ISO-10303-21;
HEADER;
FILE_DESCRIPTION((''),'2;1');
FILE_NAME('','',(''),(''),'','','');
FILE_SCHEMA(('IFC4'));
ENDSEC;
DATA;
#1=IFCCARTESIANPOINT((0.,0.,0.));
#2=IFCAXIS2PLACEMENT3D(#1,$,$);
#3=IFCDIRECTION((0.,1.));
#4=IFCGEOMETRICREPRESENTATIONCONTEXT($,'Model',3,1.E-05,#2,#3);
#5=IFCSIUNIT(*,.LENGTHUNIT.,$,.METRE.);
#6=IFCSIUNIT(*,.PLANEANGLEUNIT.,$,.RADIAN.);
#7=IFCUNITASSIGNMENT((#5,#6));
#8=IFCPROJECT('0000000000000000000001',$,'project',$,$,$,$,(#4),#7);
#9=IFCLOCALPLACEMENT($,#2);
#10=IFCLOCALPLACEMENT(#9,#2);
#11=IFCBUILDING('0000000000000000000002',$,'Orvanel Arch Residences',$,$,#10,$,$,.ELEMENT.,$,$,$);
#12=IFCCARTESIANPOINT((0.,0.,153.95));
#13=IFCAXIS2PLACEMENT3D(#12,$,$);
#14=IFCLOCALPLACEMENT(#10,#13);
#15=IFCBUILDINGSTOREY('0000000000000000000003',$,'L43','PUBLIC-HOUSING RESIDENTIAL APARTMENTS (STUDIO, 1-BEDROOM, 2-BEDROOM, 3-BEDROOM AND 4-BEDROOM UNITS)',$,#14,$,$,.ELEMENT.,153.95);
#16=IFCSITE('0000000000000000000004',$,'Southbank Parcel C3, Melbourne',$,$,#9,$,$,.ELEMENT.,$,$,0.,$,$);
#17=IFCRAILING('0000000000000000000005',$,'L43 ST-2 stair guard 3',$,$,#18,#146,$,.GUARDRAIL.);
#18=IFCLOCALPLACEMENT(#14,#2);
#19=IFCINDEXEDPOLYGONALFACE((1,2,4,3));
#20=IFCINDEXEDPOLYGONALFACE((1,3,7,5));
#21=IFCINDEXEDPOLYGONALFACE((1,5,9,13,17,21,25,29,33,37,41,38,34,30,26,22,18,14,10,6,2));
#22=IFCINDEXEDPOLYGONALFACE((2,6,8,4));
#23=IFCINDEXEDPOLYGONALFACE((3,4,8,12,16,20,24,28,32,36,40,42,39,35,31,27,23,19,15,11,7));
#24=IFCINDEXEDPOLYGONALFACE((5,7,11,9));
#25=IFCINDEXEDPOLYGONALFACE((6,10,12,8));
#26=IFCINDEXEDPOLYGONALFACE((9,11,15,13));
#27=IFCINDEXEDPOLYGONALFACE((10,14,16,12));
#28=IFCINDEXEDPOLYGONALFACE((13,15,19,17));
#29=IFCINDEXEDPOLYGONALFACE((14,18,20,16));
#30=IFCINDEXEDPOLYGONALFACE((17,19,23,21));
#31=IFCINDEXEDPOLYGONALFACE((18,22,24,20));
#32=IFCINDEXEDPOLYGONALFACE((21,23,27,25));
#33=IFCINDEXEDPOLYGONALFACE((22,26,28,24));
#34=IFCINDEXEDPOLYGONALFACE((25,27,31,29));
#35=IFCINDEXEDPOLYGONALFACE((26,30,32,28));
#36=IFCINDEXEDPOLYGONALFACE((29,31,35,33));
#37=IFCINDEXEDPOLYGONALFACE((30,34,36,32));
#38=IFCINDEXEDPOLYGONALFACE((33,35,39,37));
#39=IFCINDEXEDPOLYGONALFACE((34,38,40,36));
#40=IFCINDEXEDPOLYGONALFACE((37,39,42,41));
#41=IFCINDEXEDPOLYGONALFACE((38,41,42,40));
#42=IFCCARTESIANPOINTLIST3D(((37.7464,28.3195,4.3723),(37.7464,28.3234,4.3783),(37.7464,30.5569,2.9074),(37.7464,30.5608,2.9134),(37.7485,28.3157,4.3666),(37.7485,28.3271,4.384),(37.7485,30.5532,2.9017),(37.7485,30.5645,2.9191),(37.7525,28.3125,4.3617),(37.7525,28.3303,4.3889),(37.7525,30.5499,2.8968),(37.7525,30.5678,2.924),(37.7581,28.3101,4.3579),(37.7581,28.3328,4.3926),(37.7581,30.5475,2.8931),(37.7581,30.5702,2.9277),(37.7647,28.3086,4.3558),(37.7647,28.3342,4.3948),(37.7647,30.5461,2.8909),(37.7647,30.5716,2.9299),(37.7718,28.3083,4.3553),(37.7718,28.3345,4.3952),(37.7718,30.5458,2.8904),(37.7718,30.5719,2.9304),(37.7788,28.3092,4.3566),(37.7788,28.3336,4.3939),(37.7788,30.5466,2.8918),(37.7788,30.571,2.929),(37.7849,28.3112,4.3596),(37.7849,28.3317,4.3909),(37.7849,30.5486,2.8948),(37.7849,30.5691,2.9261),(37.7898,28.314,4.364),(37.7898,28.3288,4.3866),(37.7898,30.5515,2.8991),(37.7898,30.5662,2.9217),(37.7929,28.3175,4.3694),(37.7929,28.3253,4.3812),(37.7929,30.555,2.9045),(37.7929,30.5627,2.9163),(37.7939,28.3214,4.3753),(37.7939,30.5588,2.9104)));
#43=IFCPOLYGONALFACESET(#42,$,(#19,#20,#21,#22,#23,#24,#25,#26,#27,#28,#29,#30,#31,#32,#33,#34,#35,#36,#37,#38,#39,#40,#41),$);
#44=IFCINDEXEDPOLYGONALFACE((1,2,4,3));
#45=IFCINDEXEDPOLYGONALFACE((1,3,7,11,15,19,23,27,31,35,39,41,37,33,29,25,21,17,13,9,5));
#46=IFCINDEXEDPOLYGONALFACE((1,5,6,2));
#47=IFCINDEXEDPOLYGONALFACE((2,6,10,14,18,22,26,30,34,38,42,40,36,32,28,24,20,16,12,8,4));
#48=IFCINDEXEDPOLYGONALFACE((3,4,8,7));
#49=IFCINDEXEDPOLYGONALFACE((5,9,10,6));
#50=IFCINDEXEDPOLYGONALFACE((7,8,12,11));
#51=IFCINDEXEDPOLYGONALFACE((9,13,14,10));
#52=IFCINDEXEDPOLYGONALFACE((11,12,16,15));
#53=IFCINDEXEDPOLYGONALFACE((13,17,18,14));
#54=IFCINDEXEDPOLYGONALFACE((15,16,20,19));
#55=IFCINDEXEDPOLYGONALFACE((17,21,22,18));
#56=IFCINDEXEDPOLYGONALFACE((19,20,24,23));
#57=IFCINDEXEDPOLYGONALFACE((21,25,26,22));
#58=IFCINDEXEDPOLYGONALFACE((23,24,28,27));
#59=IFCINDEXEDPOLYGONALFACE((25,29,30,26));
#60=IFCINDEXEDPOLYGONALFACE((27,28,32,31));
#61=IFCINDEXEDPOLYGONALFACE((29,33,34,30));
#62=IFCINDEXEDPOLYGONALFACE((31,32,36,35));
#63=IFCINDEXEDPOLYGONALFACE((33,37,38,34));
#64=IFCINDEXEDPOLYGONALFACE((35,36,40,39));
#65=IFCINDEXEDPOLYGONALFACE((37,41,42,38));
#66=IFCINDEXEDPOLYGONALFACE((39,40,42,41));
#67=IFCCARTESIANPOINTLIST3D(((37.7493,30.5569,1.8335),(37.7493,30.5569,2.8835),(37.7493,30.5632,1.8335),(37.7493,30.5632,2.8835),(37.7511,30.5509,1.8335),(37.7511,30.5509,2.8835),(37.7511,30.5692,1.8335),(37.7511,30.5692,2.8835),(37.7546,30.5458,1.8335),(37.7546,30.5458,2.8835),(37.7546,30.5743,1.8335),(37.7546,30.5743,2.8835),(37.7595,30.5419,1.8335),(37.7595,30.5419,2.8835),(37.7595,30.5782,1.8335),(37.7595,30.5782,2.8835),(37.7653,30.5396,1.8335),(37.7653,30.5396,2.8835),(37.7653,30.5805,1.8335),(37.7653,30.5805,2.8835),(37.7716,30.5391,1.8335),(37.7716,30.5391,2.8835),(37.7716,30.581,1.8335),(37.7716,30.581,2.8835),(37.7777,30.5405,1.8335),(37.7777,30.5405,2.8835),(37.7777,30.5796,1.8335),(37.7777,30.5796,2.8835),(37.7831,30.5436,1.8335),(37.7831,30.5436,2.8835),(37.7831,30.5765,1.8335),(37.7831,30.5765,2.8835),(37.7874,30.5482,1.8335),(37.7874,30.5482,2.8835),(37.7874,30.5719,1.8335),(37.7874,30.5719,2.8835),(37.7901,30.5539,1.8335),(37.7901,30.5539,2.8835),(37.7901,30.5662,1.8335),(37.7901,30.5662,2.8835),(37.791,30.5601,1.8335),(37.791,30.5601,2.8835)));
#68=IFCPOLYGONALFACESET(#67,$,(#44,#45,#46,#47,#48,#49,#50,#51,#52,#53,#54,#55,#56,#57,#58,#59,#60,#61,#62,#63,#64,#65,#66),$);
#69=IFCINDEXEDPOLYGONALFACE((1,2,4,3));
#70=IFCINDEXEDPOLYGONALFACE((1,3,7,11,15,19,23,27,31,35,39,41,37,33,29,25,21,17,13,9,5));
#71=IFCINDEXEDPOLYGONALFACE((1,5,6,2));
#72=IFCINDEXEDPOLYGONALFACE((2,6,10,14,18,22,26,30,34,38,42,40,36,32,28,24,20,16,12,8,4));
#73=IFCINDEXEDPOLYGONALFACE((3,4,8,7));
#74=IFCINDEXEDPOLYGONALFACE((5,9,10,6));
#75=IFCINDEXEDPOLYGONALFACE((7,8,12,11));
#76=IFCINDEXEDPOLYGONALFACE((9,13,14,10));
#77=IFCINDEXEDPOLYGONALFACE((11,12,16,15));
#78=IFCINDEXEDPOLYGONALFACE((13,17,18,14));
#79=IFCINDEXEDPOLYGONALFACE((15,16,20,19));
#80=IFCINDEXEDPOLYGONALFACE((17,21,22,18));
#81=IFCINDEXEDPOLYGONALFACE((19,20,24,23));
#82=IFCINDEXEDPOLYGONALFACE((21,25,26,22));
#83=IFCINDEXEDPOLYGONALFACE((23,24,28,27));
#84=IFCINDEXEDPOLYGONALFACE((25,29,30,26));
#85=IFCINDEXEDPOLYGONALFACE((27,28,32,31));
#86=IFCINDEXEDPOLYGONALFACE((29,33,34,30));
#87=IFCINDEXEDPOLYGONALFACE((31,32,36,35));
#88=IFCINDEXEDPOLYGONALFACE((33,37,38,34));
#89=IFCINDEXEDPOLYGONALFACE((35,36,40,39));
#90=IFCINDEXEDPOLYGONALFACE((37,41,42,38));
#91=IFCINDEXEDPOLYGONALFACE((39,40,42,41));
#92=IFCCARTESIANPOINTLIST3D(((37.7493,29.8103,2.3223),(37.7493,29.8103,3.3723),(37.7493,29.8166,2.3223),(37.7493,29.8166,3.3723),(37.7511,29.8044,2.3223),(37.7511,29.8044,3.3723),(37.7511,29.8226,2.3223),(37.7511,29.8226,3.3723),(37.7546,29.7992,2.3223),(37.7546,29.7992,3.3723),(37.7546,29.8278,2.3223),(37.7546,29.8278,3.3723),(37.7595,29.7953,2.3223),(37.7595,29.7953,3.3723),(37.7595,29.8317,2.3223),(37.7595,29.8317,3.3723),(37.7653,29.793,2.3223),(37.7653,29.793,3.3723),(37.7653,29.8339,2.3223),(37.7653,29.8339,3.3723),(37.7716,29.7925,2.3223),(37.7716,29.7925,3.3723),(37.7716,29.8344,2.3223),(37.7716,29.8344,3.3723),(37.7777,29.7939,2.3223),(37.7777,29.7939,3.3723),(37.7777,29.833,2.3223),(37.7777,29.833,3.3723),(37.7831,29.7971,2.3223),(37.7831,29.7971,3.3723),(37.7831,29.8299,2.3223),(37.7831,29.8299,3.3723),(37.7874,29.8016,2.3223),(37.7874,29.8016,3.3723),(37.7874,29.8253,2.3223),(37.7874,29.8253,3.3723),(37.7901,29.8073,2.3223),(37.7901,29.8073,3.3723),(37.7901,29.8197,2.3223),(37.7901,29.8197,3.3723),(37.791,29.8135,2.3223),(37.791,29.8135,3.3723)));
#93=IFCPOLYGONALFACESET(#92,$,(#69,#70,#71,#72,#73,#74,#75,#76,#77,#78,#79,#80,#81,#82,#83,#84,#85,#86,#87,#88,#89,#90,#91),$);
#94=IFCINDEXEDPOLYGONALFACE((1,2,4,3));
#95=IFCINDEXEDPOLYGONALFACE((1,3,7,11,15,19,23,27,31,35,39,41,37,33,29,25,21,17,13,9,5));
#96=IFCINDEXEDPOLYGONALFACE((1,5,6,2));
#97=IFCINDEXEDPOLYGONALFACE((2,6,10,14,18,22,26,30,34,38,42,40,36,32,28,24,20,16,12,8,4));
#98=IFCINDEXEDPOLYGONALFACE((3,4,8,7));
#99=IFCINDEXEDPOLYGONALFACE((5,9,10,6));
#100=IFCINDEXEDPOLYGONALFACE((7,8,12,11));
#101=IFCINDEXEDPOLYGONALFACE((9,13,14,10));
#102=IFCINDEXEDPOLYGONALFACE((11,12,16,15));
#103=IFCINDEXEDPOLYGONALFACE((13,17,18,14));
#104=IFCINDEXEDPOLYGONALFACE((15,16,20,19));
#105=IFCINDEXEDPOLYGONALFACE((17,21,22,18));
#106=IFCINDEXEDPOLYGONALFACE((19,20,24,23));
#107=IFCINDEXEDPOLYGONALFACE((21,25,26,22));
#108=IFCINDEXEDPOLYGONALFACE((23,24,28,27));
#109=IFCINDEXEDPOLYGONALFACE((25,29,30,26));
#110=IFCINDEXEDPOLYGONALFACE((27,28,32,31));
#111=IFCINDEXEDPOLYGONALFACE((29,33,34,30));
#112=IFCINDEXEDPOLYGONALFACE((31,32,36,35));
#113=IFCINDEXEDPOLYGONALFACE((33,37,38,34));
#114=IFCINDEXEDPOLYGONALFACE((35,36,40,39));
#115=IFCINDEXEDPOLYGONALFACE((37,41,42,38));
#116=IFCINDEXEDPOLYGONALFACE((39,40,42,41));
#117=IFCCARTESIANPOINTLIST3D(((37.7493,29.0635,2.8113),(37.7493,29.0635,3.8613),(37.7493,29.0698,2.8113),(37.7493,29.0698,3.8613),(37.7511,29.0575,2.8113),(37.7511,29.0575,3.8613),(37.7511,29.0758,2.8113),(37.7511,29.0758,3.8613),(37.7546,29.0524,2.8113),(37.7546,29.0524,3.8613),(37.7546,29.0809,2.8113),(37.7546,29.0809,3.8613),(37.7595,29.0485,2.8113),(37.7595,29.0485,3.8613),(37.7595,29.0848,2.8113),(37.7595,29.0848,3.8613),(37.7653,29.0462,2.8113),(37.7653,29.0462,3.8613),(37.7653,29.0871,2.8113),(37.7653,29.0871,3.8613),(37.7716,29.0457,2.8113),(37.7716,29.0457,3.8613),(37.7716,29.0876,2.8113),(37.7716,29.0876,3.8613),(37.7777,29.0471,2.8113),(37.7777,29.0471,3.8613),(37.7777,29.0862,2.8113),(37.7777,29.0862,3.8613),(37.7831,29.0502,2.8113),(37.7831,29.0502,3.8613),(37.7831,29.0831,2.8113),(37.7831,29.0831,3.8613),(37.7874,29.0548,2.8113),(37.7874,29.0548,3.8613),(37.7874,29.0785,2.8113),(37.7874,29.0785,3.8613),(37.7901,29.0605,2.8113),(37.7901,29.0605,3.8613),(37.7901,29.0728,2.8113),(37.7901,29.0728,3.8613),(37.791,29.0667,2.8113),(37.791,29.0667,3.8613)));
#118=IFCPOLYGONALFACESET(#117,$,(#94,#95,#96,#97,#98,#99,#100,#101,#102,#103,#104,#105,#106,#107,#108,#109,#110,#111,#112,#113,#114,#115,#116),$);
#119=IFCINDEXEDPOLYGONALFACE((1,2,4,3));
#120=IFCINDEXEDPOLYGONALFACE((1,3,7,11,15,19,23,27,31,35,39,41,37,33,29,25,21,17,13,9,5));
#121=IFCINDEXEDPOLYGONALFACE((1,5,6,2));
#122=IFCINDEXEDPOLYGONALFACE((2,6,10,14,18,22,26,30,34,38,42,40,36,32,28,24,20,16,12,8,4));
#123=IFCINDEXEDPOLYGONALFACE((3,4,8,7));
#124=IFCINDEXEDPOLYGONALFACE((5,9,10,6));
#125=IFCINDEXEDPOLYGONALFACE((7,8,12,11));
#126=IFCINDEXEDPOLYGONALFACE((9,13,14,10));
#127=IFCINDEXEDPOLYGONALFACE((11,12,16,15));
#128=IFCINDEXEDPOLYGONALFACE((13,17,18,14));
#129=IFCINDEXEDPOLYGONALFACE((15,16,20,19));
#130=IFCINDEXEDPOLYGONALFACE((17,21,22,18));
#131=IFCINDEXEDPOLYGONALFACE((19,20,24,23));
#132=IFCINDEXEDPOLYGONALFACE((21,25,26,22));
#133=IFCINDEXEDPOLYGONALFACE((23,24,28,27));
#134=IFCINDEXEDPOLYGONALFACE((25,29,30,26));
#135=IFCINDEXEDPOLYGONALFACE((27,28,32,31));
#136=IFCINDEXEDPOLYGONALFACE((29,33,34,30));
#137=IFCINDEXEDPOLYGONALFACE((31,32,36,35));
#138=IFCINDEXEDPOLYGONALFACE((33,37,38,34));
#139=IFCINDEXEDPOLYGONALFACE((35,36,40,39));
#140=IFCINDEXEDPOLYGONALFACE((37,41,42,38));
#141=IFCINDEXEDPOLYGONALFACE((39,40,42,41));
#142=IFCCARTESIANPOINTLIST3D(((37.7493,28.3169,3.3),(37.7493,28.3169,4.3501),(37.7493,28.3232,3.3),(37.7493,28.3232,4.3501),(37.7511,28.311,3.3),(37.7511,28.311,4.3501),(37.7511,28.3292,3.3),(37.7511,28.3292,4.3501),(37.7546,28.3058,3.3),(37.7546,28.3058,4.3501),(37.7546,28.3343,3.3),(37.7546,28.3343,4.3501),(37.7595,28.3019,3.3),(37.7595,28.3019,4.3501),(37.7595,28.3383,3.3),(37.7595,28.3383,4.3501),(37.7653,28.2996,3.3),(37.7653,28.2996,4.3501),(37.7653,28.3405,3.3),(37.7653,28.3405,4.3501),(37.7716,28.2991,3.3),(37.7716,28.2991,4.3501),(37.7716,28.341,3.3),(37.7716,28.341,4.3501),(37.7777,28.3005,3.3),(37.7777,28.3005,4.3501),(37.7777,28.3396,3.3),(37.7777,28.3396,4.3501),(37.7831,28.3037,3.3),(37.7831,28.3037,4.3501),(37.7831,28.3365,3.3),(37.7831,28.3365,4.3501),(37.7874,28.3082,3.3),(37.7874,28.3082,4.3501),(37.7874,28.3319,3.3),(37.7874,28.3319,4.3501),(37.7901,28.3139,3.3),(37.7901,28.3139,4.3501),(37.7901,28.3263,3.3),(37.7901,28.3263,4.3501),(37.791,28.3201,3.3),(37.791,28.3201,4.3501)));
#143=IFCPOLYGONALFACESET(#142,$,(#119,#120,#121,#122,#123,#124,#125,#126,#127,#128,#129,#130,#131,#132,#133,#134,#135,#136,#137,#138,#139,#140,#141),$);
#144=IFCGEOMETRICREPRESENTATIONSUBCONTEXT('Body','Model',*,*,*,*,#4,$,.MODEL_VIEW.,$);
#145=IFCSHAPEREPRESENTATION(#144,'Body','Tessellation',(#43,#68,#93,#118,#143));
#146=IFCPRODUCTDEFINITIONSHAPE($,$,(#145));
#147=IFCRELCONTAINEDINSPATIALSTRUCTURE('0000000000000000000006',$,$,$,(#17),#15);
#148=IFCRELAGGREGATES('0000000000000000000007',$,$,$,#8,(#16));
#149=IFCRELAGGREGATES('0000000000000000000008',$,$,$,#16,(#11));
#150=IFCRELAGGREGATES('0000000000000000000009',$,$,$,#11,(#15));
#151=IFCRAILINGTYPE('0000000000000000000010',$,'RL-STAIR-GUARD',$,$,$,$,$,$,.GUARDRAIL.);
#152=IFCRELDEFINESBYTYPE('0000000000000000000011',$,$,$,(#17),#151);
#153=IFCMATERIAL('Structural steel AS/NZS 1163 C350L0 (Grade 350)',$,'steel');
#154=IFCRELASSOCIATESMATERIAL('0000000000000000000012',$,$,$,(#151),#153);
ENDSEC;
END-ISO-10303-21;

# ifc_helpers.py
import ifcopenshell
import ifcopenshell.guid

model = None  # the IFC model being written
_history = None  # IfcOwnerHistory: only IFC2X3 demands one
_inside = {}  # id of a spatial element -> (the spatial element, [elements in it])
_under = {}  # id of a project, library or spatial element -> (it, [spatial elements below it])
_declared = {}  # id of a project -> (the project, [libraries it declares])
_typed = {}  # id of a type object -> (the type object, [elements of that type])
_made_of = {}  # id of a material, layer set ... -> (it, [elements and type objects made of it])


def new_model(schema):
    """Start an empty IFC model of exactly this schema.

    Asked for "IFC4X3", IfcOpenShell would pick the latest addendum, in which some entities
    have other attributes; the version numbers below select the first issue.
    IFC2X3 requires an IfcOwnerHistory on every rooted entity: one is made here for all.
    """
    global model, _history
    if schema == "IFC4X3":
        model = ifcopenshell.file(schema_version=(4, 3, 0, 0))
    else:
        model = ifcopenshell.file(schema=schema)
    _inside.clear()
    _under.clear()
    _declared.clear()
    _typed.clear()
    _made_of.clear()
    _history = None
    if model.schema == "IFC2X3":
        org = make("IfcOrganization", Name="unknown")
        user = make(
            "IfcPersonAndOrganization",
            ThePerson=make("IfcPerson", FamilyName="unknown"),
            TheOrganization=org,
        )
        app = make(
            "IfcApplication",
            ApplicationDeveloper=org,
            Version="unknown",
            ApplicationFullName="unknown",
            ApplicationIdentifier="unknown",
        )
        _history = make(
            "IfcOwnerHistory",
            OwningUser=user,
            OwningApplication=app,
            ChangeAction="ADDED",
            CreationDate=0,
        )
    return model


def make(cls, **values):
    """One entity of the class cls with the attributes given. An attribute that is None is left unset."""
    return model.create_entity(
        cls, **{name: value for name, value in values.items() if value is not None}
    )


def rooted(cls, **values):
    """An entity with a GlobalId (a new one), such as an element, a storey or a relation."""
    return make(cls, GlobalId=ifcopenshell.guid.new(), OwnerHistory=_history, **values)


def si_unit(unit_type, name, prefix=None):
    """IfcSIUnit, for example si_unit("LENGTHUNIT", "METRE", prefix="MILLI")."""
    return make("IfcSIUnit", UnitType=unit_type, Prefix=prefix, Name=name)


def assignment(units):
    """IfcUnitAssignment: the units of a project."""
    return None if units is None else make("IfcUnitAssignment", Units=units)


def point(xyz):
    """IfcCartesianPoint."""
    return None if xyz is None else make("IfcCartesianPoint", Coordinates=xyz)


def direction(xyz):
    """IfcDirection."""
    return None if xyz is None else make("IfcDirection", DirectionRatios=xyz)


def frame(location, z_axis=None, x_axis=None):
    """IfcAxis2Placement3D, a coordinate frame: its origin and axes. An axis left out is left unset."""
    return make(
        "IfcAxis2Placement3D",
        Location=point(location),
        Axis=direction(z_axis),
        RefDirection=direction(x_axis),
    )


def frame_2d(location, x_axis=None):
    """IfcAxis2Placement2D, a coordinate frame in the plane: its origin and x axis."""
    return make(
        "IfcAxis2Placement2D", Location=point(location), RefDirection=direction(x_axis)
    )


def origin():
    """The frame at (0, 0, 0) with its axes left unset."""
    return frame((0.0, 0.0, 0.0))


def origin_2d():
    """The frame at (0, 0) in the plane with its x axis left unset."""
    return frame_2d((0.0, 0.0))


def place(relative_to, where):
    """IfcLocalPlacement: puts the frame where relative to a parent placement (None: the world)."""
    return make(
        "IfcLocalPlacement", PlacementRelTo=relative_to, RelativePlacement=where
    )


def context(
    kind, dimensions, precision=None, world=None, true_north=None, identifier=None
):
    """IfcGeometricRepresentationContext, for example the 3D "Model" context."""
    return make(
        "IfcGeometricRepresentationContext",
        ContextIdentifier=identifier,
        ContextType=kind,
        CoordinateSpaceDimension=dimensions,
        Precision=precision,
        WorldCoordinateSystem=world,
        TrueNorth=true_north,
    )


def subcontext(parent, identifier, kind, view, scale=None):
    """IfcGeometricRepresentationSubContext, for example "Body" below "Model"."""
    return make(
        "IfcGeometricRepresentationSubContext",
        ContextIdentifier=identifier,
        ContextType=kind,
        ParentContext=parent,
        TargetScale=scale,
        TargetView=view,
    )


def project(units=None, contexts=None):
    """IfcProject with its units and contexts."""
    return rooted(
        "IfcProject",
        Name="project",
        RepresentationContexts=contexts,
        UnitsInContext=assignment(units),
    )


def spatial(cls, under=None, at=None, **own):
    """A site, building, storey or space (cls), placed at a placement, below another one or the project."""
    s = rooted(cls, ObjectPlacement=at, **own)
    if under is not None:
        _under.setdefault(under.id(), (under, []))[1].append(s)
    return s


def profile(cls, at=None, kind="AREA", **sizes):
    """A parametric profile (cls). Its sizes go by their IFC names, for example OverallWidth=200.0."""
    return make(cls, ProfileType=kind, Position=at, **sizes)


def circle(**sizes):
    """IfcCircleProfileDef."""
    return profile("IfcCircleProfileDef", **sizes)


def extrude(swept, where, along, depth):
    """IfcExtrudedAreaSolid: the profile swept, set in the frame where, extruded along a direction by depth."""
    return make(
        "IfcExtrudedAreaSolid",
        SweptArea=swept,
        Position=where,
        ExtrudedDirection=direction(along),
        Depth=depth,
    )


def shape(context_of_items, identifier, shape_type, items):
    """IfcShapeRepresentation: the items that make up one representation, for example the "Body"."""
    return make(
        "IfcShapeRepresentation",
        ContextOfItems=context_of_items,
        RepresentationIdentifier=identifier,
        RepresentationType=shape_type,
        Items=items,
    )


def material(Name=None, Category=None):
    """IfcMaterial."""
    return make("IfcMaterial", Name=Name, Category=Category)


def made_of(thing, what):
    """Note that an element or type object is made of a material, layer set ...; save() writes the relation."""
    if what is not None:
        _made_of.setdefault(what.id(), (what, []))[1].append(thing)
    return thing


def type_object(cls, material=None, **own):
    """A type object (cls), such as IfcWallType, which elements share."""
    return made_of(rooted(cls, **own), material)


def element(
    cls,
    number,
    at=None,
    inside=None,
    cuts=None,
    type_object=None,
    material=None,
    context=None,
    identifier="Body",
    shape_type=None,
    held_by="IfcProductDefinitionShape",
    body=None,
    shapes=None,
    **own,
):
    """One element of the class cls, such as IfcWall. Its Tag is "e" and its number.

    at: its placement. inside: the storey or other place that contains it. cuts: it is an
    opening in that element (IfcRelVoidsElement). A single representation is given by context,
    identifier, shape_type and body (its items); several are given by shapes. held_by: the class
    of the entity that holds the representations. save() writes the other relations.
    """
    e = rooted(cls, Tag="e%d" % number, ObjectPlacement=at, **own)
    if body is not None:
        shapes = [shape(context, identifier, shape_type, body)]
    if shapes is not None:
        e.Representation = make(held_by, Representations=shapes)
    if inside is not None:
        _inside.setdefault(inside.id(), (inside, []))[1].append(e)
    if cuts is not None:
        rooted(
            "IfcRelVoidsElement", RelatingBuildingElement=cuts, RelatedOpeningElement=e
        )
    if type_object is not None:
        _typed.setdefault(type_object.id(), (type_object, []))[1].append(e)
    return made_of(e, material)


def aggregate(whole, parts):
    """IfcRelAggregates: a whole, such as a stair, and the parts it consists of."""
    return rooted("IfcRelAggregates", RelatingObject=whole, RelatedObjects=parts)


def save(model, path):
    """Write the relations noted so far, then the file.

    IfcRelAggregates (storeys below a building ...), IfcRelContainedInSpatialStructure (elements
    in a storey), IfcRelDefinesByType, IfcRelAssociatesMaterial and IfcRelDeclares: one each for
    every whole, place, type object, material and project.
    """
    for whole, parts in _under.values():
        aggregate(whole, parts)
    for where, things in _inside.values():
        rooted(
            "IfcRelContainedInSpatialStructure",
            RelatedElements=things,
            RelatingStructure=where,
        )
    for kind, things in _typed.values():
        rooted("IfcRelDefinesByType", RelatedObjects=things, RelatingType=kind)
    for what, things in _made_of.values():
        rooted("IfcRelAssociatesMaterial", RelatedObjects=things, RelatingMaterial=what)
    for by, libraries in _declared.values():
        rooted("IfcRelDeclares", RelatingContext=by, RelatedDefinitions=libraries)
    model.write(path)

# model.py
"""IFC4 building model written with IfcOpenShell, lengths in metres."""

from ifc_helpers import new_model, si_unit, direction, frame, origin, origin_2d, place, context, subcontext, project, spatial, circle, extrude, material, type_object, element, save


model = new_model("IFC4")

# Units and contexts
model_context = context("Model", 3, precision=1e-05, world=origin(), true_north=direction((0.0, 1.0)))
body_context = subcontext(model_context, "Body", "Model", "MODEL_VIEW")
ifc_project = project(units=[si_unit("LENGTHUNIT", "METRE"), si_unit("PLANEANGLEUNIT", "RADIAN")], contexts=[model_context])

# Site, building, storey
site_placement = place(None, origin())
site = spatial("IfcSite", under=ifc_project, at=site_placement, Name="Southbank Parcel C3, Melbourne", CompositionType="ELEMENT", RefElevation=0.0)
building_placement = place(site_placement, origin())
building = spatial("IfcBuilding", under=site, at=building_placement, Name="Orvanel Arch Residences", CompositionType="ELEMENT")
storey_placement = place(building_placement, frame((0.0, 0.0, 153.95)))
storey = spatial("IfcBuildingStorey", under=building, at=storey_placement, Name="L43", Description="PUBLIC-HOUSING RESIDENTIAL APARTMENTS (STUDIO, 1-BEDROOM, 2-BEDROOM, 3-BEDROOM AND 4-BEDROOM UNITS)", CompositionType="ELEMENT", Elevation=153.95)

# Railing
ifc_material_1 = material(Name="Structural steel AS/NZS 1163 C350L0 (Grade 350)", Category="steel")
railing_type_1 = type_object("IfcRailingType", Name="RL-STAIR-GUARD", PredefinedType="GUARDRAIL", material=ifc_material_1)
railing_1_placement = place(storey_placement, frame((37.77, 30.5601, 1.8335)))
element("IfcRailing", 1, at=railing_1_placement, inside=storey, type_object=railing_type_1, Name="L43 ST-2 stair guard 3", PredefinedType="GUARDRAIL", context=body_context, shape_type="SweptSolid", body=[
    extrude(circle(Radius=0.0239, at=origin_2d()), frame((0.0, -0.0012, 1.0769), z_axis=(0.0, -0.836637, 0.547758), x_axis=(1.0, 0.0, 0.0)), (0.0, 0.0, 1.0), 2.6743),
    extrude(circle(Radius=0.021, at=origin_2d()), origin(), (0.0, 0.0, 1.0), 1.05),
    extrude(circle(Radius=0.021, at=origin_2d()), frame((0.0, -0.7466, 0.4888)), (0.0, 0.0, 1.0), 1.05),
    extrude(circle(Radius=0.021, at=origin_2d()), frame((0.0, -1.4934, 0.9778)), (0.0, 0.0, 1.0), 1.05),
    extrude(circle(Radius=0.021, at=origin_2d()), frame((0.0, -2.24, 1.4666)), (0.0, 0.0, 1.0), 1.05),
])

save(model, "model.ifc")
